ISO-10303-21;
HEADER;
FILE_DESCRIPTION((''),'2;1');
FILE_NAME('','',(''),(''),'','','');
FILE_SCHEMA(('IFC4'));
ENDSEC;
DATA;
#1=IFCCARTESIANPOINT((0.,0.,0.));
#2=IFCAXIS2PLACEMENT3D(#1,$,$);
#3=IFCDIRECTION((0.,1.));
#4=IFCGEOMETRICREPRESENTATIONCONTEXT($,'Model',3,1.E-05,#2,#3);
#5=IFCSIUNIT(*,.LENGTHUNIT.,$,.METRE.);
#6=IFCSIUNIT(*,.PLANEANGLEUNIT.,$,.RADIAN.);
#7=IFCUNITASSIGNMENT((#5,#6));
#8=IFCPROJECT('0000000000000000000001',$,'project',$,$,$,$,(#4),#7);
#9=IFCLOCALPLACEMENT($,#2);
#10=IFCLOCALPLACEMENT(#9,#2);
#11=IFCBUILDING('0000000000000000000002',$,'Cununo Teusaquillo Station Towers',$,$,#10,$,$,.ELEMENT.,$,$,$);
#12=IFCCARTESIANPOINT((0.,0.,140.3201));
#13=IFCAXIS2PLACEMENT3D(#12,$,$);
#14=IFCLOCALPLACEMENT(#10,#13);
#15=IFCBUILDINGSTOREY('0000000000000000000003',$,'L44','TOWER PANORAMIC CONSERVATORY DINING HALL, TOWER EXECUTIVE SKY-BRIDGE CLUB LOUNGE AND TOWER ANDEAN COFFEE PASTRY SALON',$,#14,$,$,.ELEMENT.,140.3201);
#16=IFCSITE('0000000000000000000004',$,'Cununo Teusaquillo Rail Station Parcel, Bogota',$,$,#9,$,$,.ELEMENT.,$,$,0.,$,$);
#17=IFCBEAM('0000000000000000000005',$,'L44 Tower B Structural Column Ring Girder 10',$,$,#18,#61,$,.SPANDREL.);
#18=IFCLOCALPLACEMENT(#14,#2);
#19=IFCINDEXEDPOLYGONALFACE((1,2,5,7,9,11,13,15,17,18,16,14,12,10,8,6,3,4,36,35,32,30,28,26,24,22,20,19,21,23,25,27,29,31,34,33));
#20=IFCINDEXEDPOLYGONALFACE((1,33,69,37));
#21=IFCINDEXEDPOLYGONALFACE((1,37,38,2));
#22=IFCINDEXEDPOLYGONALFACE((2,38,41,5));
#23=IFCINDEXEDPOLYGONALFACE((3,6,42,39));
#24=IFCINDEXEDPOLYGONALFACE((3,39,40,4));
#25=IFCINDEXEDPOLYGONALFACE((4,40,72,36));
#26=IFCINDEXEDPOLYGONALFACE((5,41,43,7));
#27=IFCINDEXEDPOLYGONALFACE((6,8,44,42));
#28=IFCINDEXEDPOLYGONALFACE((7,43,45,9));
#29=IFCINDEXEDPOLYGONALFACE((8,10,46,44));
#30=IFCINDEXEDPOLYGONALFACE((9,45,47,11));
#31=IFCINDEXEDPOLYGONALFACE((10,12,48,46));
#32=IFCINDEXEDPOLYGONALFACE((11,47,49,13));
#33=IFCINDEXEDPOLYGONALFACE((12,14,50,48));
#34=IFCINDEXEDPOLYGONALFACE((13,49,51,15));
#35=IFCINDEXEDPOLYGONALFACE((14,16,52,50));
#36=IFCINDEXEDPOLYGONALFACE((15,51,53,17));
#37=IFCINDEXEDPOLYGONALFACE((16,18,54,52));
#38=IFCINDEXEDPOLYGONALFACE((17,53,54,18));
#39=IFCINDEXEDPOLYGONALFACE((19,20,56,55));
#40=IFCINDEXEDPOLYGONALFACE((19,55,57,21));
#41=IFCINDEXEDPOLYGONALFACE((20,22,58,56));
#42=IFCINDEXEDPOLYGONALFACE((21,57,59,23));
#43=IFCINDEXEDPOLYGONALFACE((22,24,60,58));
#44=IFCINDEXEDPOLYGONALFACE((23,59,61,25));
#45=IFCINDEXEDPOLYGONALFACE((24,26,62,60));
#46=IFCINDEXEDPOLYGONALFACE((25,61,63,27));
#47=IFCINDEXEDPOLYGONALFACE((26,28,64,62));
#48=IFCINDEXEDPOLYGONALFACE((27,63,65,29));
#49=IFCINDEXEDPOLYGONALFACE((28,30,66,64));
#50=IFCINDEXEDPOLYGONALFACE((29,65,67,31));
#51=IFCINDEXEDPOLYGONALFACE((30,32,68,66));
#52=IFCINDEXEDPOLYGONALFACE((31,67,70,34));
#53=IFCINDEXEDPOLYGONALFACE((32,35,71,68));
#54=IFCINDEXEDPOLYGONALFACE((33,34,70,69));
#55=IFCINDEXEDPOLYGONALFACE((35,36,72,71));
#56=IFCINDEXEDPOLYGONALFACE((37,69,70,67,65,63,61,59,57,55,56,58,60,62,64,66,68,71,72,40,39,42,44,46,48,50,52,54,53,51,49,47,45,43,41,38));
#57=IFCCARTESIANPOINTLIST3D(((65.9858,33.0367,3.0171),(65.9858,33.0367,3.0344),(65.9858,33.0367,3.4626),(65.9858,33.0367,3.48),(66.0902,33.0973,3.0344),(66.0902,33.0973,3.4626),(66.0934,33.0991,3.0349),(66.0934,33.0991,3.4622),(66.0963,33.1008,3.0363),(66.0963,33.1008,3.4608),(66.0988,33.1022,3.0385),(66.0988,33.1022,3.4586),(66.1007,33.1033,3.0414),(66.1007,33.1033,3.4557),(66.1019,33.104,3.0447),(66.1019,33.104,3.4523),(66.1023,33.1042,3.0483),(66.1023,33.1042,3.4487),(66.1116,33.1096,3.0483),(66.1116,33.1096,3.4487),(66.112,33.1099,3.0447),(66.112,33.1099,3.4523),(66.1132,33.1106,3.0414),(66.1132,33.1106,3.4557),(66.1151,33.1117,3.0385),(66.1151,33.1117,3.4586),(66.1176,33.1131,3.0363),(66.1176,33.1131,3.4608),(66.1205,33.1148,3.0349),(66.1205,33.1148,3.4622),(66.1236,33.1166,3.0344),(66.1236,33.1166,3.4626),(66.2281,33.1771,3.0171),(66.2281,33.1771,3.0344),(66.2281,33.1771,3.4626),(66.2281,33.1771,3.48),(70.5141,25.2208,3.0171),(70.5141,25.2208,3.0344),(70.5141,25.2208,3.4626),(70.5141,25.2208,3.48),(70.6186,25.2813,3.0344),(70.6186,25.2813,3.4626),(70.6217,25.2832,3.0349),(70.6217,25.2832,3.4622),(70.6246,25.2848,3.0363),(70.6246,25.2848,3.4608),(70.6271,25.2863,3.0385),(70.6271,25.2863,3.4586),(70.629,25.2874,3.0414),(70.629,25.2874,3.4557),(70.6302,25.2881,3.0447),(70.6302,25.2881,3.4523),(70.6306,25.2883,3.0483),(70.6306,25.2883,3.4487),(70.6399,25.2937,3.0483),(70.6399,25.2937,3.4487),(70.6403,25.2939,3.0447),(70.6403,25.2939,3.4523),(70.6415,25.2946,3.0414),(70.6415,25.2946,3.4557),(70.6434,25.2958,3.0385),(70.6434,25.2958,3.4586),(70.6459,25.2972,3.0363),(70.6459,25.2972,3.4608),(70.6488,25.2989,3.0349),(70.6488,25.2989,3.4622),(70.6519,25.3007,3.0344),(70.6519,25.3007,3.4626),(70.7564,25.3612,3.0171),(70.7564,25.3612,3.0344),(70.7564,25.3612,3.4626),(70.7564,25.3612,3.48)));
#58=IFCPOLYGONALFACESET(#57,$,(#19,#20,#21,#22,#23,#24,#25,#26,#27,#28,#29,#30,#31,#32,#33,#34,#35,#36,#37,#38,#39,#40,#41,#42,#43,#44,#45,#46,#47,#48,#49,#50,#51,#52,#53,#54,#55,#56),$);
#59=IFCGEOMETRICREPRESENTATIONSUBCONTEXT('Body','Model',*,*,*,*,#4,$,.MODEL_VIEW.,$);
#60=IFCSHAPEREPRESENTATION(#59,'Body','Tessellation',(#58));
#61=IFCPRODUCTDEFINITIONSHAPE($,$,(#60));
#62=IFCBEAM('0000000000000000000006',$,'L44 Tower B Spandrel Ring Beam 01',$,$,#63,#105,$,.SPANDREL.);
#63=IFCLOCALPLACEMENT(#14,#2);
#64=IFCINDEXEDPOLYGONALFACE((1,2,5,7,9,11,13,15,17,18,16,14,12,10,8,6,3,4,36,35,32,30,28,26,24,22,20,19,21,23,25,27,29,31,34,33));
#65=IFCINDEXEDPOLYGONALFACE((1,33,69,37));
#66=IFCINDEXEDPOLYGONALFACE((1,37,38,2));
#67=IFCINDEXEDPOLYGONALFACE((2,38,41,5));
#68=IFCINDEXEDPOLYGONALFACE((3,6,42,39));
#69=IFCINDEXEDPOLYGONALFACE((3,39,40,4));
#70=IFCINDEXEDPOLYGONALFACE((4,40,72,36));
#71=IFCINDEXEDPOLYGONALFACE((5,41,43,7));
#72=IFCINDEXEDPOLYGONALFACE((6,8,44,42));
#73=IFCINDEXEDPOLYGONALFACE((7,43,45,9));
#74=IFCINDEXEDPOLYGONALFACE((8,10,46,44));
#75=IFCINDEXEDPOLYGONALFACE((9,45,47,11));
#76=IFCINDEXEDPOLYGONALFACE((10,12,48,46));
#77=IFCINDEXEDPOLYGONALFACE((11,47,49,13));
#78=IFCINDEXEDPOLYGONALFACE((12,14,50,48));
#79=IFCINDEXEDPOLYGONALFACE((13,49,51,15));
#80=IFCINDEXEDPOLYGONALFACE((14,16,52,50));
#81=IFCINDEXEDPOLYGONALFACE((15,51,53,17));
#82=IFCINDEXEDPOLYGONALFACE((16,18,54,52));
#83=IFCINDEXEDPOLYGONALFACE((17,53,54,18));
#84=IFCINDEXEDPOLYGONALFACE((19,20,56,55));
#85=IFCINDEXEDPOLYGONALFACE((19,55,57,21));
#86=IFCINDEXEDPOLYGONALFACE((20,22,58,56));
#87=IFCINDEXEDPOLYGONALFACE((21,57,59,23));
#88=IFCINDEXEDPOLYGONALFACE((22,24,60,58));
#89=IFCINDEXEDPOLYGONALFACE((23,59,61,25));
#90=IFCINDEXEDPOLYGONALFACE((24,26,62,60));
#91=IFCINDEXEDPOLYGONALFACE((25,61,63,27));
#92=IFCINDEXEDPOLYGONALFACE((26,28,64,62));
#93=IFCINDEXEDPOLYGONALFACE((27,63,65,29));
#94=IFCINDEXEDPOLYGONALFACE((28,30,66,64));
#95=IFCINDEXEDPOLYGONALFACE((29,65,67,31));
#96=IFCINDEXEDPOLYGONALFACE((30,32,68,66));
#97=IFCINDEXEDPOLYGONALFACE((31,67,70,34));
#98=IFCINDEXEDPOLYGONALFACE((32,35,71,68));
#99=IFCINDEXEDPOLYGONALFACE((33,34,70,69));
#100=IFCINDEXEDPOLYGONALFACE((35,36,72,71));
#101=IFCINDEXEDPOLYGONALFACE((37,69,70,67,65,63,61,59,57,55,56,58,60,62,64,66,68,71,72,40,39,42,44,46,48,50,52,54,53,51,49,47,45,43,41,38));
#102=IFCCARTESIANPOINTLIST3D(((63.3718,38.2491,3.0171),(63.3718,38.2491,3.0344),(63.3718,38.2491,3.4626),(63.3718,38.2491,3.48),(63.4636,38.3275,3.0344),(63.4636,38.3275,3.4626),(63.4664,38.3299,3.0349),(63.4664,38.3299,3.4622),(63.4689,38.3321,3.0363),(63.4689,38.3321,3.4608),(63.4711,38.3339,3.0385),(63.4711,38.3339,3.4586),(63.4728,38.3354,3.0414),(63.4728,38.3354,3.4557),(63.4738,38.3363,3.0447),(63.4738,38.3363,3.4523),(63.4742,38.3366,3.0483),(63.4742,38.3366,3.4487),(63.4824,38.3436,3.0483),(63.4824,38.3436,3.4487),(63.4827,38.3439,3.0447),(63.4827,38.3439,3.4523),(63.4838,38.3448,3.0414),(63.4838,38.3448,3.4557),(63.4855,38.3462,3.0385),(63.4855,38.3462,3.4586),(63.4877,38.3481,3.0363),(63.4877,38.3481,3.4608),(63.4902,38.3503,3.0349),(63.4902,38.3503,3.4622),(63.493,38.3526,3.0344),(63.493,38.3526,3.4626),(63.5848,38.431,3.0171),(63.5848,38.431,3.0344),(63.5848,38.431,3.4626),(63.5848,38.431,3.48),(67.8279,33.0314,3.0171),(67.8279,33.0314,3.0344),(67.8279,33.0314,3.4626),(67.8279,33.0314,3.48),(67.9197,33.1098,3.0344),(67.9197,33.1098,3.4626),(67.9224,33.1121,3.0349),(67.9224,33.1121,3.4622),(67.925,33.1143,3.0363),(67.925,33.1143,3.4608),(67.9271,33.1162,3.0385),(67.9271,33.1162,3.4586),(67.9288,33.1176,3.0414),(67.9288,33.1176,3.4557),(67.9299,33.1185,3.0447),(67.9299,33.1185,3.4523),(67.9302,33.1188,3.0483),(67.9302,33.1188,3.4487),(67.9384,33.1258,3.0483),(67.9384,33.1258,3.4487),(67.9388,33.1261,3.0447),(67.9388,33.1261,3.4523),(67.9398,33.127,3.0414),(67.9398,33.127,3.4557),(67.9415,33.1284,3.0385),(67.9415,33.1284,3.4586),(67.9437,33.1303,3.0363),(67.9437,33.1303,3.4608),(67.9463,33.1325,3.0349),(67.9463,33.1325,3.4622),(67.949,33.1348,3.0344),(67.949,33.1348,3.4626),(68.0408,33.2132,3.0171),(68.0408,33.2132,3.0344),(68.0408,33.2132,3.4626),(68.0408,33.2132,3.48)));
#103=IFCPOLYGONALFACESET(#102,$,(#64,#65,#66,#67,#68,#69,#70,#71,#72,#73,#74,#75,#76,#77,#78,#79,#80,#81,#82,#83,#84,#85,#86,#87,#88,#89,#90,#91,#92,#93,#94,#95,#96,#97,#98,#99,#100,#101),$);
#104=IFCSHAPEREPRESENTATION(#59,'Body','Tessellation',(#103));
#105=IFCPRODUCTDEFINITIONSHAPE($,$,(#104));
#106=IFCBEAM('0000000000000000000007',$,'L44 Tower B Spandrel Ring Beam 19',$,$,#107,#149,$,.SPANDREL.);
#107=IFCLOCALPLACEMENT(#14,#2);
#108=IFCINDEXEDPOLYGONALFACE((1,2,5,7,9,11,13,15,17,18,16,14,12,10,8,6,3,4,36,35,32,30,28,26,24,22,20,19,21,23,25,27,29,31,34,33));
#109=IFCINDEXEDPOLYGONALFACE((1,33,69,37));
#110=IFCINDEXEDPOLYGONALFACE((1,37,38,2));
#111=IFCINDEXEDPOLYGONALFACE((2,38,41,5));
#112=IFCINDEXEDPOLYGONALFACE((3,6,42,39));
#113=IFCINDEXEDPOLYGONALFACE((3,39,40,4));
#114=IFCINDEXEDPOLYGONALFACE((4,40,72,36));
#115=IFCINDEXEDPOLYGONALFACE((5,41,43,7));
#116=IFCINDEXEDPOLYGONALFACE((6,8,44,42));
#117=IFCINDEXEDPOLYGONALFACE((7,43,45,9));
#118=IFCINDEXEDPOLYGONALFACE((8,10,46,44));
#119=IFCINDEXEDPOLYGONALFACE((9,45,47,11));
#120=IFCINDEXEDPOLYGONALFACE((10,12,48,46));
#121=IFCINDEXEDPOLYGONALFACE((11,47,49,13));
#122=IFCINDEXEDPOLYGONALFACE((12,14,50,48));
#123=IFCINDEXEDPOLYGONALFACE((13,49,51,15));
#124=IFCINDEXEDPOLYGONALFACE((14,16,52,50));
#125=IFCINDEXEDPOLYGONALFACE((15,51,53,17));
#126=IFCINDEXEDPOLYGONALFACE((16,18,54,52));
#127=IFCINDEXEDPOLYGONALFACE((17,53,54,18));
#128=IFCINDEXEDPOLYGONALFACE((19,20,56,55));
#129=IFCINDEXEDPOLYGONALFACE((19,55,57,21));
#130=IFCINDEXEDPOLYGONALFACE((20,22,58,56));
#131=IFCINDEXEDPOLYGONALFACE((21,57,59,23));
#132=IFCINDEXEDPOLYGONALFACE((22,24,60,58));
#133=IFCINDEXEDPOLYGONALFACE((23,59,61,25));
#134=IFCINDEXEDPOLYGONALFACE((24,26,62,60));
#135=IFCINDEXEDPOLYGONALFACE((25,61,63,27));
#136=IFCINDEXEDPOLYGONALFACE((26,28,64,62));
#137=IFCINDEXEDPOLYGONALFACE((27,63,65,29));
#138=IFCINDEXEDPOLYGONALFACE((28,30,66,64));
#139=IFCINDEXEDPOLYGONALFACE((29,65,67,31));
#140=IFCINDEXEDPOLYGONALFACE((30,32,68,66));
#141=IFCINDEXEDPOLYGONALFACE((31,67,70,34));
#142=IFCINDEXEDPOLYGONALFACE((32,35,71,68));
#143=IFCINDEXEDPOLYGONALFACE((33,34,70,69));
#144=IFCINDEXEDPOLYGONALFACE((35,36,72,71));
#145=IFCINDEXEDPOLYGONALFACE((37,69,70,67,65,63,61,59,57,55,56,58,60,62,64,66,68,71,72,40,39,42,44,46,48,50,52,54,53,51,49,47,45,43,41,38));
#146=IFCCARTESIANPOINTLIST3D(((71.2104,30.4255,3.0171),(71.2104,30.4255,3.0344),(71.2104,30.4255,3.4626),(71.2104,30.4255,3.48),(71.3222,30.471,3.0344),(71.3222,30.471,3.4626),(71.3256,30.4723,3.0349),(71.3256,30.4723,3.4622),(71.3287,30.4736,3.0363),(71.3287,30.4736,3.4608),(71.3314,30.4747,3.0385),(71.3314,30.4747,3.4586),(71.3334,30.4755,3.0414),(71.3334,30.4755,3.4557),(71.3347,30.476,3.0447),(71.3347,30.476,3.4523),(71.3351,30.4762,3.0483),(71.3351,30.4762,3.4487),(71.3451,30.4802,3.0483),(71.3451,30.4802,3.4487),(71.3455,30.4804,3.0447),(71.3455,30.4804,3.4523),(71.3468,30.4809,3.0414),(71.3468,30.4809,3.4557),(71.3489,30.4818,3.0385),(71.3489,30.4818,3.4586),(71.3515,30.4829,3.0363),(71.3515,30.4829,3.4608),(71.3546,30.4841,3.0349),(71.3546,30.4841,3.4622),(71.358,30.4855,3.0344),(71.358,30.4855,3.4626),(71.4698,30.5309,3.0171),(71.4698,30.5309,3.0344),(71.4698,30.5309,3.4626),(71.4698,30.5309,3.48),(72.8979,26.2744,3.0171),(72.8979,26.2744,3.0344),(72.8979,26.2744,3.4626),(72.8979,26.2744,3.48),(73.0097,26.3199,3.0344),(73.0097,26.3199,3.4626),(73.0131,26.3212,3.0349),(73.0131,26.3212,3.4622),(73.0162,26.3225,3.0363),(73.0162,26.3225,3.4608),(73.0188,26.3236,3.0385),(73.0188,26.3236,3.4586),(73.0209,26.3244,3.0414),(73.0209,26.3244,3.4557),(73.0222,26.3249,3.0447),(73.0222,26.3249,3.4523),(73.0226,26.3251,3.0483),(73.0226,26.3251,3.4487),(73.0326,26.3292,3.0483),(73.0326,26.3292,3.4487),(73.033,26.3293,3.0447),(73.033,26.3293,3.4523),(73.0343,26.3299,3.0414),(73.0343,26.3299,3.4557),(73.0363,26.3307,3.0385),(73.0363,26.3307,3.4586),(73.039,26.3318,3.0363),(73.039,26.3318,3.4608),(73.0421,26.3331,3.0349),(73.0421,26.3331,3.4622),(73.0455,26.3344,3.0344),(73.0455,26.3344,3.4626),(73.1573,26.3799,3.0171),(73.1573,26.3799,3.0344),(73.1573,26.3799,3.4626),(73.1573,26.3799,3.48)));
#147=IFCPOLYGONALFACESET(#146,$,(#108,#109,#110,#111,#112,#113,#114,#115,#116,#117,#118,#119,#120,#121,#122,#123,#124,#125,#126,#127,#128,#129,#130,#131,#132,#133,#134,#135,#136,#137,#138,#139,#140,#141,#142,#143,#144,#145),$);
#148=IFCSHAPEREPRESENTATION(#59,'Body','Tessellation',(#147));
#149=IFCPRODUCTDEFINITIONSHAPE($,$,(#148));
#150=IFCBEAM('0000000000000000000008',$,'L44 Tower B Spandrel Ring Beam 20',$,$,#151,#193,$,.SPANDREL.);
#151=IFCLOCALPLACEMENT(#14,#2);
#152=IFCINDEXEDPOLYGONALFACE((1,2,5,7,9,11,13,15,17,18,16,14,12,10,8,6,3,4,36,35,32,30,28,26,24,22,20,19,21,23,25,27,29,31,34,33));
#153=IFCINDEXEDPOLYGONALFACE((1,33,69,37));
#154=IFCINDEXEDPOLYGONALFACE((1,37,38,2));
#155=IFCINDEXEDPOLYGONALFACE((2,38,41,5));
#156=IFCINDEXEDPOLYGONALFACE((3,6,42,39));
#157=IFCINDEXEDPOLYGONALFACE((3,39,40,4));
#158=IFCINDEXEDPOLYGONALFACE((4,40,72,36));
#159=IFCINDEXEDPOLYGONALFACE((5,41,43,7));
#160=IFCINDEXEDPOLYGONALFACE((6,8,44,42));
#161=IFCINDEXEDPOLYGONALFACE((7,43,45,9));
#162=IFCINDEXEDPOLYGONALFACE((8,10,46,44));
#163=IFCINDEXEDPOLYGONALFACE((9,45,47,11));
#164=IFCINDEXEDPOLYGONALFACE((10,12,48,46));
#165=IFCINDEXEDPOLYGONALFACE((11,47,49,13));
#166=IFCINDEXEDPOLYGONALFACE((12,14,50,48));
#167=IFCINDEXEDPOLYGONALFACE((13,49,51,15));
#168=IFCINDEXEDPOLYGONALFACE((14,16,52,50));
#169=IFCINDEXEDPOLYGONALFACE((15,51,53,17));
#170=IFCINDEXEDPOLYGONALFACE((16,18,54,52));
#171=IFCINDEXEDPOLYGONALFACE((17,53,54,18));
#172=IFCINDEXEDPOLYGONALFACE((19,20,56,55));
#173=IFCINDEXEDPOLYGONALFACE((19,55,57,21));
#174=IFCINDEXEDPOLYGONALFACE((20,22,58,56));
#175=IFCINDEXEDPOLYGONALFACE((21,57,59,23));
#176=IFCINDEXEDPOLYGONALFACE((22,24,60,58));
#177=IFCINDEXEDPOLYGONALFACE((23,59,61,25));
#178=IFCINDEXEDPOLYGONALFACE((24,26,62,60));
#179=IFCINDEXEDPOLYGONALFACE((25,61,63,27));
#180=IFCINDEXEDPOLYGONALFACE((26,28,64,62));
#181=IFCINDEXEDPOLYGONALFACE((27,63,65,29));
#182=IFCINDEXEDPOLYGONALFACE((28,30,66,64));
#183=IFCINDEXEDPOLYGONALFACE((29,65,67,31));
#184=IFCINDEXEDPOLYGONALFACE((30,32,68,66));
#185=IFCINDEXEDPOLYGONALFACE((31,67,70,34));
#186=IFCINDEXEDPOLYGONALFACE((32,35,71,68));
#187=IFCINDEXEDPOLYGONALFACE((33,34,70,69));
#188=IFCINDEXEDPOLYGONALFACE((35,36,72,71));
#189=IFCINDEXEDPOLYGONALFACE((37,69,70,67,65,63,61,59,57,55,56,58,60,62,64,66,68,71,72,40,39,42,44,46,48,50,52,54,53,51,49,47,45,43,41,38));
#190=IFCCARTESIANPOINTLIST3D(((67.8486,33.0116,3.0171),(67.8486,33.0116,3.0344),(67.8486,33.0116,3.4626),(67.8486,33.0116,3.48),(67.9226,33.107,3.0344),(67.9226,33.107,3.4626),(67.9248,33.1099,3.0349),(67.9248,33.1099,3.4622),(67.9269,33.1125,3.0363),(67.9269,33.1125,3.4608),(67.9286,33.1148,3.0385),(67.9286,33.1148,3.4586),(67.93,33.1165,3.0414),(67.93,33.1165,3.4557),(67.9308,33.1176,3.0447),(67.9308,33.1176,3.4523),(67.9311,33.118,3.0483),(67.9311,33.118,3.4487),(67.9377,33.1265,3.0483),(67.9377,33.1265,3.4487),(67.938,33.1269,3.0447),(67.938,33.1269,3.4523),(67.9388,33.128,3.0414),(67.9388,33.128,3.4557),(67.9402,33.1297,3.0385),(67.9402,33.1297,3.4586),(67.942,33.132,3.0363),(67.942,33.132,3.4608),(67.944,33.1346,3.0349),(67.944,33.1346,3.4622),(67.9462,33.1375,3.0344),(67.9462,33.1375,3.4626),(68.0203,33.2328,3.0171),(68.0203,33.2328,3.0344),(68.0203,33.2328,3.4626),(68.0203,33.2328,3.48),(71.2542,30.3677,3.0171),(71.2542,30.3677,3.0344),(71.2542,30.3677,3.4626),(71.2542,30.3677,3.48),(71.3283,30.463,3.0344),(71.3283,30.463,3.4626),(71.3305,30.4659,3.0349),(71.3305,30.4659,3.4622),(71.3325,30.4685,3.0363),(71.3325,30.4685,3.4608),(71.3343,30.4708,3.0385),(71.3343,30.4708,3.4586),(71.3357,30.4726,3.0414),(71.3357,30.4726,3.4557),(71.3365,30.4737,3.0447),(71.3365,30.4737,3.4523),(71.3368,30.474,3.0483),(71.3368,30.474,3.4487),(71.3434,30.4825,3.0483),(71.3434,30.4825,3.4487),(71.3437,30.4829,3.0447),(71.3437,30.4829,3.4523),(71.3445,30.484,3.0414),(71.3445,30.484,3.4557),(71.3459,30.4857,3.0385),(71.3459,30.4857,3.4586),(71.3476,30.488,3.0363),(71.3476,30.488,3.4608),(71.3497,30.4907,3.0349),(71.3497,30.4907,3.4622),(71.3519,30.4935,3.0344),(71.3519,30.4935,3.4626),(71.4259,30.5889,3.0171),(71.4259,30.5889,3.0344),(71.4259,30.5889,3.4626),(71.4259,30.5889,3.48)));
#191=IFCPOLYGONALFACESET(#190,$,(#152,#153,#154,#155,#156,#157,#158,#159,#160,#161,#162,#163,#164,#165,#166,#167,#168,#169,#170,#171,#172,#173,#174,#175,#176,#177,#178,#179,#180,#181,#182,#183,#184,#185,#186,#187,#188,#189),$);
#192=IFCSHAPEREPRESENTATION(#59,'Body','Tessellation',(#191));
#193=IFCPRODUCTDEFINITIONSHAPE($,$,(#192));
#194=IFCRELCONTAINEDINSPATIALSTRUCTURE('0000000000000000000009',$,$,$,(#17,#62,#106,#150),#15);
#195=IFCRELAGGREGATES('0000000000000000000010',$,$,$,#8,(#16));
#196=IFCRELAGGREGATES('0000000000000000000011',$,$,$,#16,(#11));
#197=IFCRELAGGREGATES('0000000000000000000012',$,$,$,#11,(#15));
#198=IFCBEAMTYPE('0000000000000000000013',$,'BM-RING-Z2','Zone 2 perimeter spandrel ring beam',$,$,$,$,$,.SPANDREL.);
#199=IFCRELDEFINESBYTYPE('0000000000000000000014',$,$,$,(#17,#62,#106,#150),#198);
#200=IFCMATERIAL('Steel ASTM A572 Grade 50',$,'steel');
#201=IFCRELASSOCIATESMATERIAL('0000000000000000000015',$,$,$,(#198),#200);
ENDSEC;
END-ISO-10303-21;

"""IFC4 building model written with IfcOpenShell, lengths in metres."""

from ifc_helpers import new_model, si_unit, direction, frame, origin, origin_2d, place, context, subcontext, project, spatial, i_section, extrude, material, material_profile, profile_set, type_object, element, save


model = new_model("IFC4")

# Units and contexts
model_context = context("Model", 3, precision=1e-05, world=origin(), true_north=direction((0.0, 1.0)))
body_context = subcontext(model_context, "Body", "Model", "MODEL_VIEW")
ifc_project = project(units=[si_unit("LENGTHUNIT", "METRE"), si_unit("PLANEANGLEUNIT", "RADIAN")], contexts=[model_context])

# Site, building, storey
site_placement = place(None, origin())
site = spatial("IfcSite", under=ifc_project, at=site_placement, Name="Cununo Teusaquillo Rail Station Parcel, Bogota", CompositionType="ELEMENT", RefElevation=0.0)
building_placement = place(site_placement, origin())
building = spatial("IfcBuilding", under=site, at=building_placement, Name="Cununo Teusaquillo Station Towers", CompositionType="ELEMENT")
storey_placement = place(building_placement, frame((0.0, 0.0, 140.3201)))
storey = spatial("IfcBuildingStorey", under=building, at=storey_placement, Name="L44", Description="TOWER PANORAMIC CONSERVATORY DINING HALL, TOWER EXECUTIVE SKY-BRIDGE CLUB LOUNGE AND TOWER ANDEAN COFFEE PASTRY SALON", CompositionType="ELEMENT", Elevation=140.3201)

# Beams
ifc_material_1 = material(Name="Steel ASTM A572 Grade 50", Category="steel")
ifc_material_profile_1 = material_profile(ifc_material_1, i_section(OverallWidth=0.28, OverallDepth=0.4629, WebThickness=0.0107, FlangeThickness=0.0173, FilletRadius=0.0139, at=origin_2d()), Name="W18X76")
ifc_profile_set_1 = profile_set([ifc_material_profile_1], Name="Steel ASTM A572 Grade 50")
beam_type_1 = type_object("IfcBeamType", Name="BM-RING-Z2", Description="Zone 2 perimeter spandrel ring beam", PredefinedType="SPANDREL", material=ifc_profile_set_1)
for number, where, z_axis, x_axis, name in (
    (1, (70.6353, 25.291, 3.2485), (-0.501311, 0.865267, 0.0), (-0.865267, -0.501311, 0.0), "L44 Tower B Structural Column Ring Girder 10"),
):
    element("IfcBeam", number, at=place(storey_placement, frame(where, z_axis=z_axis, x_axis=x_axis)), inside=storey, type_object=beam_type_1, Name=name, PredefinedType="SPANDREL", context=body_context, shape_type="SweptSolid", body=[
        extrude(i_section(OverallWidth=0.28, OverallDepth=0.4629, WebThickness=0.0107, FlangeThickness=0.0173, FilletRadius=0.0139, at=origin_2d()), origin(), (0.0, 0.0, 1.0), 9.033),
    ])
beam_1_placement = place(storey_placement, frame((67.9343, 33.1223, 3.2485), z_axis=(-0.649419, 0.760431, 0.0), x_axis=(-0.760431, -0.649419, 0.0)))
element("IfcBeam", 2, at=beam_1_placement, inside=storey, type_object=beam_type_1, Name="L44 Tower B Spandrel Ring Beam 01", PredefinedType="SPANDREL", context=body_context, shape_type="SweptSolid", body=[
    extrude(i_section(OverallWidth=0.28, OverallDepth=0.4629, WebThickness=0.0107, FlangeThickness=0.0173, FilletRadius=0.0139, at=origin_2d()), origin(), (0.0, 0.0, 1.0), 6.8616),
])
beam_2_placement = place(storey_placement, frame((73.0276, 26.3271, 3.2485), z_axis=(-0.376589, 0.92638, 0.0), x_axis=(-0.92638, -0.376589, 0.0)))
element("IfcBeam", 3, at=beam_2_placement, inside=storey, type_object=beam_type_1, Name="L44 Tower B Spandrel Ring Beam 19", PredefinedType="SPANDREL", context=body_context, shape_type="SweptSolid", body=[
    extrude(i_section(OverallWidth=0.28, OverallDepth=0.4629, WebThickness=0.0107, FlangeThickness=0.0173, FilletRadius=0.0139, at=origin_2d()), origin(), (0.0, 0.0, 1.0), 4.481),
])
beam_3_placement = place(storey_placement, frame((71.3401, 30.4783, 3.2485), z_axis=(-0.789901, 0.613235, 0.0), x_axis=(-0.613235, -0.789901, 0.0)))
element("IfcBeam", 4, at=beam_3_placement, inside=storey, type_object=beam_type_1, Name="L44 Tower B Spandrel Ring Beam 20", PredefinedType="SPANDREL", context=body_context, shape_type="SweptSolid", body=[
    extrude(i_section(OverallWidth=0.28, OverallDepth=0.4629, WebThickness=0.0107, FlangeThickness=0.0173, FilletRadius=0.0139, at=origin_2d()), origin(), (0.0, 0.0, 1.0), 4.3115),
])

save(model, "model.ifc")
